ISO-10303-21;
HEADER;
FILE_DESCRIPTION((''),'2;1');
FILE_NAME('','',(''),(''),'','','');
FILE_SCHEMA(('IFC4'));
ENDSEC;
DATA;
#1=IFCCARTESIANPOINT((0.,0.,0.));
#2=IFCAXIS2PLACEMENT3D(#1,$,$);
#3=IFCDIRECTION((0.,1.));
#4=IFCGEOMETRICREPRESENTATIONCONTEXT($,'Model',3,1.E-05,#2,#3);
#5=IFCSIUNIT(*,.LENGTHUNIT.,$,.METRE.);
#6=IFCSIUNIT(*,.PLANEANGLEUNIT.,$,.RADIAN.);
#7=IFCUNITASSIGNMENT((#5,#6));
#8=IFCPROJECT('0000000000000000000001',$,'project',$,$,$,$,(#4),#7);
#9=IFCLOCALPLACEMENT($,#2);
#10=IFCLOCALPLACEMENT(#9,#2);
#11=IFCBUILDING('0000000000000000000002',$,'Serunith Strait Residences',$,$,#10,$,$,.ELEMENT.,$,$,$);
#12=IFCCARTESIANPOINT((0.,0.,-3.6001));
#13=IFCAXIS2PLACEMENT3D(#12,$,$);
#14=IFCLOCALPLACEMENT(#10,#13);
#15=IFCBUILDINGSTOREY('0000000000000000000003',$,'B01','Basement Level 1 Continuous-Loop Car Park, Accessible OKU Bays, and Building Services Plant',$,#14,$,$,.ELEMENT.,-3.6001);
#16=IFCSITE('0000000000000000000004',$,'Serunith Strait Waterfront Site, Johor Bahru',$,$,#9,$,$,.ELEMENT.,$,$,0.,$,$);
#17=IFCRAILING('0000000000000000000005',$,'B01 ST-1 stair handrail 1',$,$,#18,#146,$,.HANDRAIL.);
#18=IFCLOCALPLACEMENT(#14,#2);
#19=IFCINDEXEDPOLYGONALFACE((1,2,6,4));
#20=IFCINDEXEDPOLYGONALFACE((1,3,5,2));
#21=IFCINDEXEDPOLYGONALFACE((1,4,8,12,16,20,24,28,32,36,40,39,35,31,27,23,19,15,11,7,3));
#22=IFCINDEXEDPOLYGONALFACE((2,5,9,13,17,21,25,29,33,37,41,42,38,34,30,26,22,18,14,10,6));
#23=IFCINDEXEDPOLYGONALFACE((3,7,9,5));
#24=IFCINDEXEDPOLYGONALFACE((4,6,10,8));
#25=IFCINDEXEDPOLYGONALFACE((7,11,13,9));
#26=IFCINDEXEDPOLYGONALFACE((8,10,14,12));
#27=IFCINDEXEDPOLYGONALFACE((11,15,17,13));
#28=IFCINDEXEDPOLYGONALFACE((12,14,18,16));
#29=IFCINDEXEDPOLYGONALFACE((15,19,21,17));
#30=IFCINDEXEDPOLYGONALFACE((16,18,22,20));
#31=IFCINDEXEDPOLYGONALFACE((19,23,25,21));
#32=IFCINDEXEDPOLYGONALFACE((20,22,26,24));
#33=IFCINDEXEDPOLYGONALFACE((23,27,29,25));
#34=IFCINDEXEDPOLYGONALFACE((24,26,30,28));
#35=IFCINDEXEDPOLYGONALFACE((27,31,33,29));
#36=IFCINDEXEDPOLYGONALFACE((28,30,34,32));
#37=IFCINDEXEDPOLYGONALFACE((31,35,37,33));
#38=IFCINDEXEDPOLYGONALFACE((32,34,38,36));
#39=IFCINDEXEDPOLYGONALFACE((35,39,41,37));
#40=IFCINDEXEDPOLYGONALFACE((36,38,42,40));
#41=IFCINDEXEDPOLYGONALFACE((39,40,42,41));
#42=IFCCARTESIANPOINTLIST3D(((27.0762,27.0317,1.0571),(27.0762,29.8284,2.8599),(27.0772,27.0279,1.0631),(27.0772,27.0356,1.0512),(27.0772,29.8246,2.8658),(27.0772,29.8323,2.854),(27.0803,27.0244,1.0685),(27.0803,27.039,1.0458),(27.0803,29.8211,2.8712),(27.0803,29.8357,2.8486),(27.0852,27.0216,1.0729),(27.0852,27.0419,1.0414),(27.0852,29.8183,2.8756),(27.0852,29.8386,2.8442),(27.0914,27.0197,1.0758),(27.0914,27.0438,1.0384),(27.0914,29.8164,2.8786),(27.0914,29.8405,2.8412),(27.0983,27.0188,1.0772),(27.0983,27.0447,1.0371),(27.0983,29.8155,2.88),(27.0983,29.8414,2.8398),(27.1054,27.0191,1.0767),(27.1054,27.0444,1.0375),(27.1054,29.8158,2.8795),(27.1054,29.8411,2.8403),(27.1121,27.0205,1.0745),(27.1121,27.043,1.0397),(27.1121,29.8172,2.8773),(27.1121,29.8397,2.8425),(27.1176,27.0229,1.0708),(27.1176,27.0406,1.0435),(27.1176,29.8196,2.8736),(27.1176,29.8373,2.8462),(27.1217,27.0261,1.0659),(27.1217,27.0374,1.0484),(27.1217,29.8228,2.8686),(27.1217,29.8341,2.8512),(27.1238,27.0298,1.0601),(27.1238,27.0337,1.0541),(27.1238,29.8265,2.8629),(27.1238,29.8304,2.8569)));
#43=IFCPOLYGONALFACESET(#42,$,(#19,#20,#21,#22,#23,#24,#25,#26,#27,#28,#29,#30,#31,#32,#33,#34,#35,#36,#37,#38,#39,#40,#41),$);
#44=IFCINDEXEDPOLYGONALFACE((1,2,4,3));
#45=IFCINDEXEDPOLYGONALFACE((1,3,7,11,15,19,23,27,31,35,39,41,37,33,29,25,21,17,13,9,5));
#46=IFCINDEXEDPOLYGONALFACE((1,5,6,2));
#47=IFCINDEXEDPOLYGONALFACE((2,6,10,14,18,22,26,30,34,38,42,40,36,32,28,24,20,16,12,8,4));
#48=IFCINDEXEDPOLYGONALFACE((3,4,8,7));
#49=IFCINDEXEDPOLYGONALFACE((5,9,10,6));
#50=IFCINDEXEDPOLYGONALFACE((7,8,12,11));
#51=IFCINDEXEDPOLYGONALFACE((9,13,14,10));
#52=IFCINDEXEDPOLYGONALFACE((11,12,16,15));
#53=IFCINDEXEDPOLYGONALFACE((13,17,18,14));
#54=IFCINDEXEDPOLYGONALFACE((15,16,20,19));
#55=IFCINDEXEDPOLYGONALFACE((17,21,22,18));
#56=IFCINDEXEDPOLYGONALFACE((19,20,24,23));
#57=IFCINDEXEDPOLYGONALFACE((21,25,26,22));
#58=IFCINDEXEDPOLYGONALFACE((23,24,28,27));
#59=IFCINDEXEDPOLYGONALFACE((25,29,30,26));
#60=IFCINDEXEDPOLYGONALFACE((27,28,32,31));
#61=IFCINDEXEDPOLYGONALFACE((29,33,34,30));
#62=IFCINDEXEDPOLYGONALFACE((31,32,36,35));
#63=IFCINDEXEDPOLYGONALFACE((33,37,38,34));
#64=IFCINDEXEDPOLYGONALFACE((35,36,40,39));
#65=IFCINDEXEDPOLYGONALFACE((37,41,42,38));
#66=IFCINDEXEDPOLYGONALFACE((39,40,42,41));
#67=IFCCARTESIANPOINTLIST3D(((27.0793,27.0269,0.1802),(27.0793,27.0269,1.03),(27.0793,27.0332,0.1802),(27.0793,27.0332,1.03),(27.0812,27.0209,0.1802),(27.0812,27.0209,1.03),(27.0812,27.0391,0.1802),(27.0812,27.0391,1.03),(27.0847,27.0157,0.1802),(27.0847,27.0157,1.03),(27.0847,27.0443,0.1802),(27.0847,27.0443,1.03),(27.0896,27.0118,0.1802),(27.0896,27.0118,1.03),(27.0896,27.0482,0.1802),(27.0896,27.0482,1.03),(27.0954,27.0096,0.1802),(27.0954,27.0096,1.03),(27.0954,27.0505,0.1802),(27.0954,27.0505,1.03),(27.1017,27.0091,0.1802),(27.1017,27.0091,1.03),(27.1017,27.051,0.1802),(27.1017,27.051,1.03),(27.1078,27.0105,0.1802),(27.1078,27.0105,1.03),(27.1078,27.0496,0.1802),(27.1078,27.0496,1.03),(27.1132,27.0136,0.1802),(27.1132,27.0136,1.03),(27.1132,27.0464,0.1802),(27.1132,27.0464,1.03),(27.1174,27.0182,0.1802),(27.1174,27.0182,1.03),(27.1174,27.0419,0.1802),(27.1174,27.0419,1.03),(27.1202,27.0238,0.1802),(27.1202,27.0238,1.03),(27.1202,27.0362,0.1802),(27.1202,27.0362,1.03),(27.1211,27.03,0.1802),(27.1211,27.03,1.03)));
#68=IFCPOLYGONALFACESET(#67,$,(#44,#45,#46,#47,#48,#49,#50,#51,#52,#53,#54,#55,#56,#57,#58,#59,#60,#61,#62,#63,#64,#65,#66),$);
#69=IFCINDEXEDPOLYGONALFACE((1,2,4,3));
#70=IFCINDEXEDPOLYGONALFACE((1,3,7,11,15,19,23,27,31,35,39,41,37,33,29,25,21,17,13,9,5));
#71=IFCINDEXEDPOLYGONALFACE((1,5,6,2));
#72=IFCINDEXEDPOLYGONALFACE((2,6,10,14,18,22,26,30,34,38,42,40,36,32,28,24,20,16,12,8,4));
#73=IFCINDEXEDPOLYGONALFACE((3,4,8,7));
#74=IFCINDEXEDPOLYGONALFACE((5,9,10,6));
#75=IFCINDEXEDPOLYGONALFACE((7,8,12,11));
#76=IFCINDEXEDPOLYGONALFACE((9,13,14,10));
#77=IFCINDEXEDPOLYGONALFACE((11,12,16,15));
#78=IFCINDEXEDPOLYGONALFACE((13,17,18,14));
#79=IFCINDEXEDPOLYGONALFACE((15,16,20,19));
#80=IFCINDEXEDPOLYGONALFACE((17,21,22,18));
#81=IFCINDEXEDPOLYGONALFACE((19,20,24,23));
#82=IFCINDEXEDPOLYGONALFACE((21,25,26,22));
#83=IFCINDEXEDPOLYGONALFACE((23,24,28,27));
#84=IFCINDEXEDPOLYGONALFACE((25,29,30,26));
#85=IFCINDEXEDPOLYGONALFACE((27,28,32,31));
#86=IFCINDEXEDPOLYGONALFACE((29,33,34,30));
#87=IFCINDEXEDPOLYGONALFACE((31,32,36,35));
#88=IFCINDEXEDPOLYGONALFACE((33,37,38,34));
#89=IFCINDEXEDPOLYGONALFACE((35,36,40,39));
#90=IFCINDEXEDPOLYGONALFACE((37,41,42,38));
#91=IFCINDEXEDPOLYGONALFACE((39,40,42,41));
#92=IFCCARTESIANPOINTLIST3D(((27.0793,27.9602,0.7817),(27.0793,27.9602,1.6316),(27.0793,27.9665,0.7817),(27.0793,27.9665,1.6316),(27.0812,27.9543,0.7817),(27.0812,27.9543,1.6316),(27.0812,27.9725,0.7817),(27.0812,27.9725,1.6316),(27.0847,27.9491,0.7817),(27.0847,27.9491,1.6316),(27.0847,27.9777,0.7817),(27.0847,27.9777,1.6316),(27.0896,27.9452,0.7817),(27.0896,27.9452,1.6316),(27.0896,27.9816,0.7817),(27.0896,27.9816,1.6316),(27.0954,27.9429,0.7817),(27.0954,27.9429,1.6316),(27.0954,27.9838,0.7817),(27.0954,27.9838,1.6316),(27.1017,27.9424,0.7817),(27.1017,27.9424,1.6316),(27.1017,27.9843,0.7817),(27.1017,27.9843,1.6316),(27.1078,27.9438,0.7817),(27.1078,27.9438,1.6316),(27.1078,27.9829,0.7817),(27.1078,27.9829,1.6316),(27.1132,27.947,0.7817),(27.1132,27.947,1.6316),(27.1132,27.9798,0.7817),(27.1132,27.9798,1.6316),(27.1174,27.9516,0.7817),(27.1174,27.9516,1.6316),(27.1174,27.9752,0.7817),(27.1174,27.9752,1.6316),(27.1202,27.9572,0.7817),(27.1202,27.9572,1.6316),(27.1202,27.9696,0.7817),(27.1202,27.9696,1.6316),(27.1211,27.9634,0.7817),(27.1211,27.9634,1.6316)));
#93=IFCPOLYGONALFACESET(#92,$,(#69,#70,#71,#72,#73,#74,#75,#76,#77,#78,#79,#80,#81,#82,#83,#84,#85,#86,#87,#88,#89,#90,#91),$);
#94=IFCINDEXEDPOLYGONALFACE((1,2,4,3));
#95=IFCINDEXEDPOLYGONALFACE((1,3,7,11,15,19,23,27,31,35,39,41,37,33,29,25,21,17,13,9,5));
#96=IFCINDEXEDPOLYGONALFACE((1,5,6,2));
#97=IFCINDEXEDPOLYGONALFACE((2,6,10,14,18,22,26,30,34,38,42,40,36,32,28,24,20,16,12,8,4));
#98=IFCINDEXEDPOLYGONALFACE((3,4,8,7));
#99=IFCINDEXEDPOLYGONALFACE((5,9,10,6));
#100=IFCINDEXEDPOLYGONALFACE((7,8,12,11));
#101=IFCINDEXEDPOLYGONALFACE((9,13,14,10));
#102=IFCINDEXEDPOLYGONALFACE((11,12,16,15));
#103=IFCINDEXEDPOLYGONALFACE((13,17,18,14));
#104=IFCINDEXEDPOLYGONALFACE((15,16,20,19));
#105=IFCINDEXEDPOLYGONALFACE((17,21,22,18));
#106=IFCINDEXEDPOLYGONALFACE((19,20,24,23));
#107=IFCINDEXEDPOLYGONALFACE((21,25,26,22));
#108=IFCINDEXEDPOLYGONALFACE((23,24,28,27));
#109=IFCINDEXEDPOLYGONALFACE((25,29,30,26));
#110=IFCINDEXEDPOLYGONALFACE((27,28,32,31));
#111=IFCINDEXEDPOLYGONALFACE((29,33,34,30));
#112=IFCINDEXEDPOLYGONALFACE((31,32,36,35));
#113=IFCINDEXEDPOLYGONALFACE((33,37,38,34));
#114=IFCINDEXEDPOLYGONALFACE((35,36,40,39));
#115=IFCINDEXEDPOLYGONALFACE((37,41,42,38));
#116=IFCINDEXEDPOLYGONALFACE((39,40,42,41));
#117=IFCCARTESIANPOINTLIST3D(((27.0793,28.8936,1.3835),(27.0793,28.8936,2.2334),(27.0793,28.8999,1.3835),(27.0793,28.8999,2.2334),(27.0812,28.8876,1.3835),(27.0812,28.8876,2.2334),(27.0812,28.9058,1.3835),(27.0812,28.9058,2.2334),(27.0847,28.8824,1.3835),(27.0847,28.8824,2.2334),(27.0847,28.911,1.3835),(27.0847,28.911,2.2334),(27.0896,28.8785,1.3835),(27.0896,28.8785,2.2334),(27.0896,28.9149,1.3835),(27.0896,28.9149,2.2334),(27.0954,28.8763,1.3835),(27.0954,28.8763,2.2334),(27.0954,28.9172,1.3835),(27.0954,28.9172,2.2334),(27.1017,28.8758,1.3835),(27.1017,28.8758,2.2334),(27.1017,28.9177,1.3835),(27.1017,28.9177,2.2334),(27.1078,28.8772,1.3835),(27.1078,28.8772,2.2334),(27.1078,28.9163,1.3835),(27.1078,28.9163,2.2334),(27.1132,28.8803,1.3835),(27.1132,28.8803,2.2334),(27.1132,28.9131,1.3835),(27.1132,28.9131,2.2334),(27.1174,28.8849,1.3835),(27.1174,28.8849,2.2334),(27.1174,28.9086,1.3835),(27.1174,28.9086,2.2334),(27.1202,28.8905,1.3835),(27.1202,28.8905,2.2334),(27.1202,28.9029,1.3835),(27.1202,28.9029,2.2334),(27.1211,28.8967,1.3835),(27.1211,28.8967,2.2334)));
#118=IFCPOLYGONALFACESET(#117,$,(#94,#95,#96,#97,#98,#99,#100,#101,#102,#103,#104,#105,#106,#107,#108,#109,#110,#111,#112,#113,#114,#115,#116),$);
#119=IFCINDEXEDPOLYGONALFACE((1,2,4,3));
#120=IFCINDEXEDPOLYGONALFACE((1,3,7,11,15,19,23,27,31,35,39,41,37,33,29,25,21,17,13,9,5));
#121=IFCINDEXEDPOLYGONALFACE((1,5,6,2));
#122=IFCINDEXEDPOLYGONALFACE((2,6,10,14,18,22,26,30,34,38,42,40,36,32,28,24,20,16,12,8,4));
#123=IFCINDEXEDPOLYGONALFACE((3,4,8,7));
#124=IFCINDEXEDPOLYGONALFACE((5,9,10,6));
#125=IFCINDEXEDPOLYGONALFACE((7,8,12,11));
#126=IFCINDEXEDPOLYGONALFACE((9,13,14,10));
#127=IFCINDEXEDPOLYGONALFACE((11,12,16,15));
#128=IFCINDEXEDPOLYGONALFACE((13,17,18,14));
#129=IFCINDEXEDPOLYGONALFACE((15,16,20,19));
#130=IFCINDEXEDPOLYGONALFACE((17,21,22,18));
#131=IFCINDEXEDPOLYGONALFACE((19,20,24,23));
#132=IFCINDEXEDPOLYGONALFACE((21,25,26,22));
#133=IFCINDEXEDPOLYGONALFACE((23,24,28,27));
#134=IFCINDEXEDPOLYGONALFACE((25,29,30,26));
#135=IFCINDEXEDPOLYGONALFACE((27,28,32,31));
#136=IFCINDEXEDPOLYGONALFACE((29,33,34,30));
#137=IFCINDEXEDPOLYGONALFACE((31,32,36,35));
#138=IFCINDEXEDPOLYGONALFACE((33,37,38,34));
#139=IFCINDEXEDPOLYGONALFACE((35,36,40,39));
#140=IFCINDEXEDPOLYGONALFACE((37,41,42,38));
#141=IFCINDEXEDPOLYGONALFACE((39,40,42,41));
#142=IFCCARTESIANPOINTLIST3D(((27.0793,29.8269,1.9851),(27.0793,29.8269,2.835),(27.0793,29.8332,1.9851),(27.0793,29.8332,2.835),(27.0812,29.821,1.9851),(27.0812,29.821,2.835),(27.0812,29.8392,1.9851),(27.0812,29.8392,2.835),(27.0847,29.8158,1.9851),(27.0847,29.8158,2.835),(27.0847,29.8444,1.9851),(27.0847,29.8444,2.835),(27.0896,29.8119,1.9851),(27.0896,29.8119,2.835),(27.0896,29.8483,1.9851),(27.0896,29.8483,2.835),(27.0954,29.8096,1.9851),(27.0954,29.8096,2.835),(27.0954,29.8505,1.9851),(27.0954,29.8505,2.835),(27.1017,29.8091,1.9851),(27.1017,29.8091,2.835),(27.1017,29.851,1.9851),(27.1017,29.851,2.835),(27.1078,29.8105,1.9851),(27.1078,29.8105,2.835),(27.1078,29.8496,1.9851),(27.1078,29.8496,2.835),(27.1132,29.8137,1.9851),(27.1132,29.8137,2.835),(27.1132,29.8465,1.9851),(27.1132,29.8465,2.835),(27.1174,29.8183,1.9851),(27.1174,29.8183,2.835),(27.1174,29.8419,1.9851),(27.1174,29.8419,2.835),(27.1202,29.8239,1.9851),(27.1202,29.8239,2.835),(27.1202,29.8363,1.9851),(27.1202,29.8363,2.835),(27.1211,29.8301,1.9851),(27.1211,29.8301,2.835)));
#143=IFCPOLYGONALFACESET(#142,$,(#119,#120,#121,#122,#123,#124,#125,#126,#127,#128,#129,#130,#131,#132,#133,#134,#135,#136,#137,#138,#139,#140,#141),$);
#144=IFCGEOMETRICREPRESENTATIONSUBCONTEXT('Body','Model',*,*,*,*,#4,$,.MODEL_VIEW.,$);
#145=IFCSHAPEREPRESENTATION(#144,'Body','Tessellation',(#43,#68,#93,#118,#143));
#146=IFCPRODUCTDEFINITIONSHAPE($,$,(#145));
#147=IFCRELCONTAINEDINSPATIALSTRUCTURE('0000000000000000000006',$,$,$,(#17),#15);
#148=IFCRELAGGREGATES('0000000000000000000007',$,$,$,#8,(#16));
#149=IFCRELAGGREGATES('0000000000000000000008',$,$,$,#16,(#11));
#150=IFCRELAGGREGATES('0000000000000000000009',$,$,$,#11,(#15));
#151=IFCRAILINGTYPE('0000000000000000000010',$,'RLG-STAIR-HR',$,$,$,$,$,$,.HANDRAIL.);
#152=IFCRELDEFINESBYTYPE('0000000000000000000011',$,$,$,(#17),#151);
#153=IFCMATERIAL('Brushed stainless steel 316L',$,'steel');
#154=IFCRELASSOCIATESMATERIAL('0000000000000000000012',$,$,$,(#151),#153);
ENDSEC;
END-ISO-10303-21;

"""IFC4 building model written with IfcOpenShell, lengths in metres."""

from ifc_helpers import new_model, si_unit, direction, frame, origin, origin_2d, place, context, subcontext, project, spatial, circle, extrude, material, type_object, element, save


model = new_model("IFC4")

# Units and contexts
model_context = context("Model", 3, precision=1e-05, world=origin(), true_north=direction((0.0, 1.0)))
body_context = subcontext(model_context, "Body", "Model", "MODEL_VIEW")
ifc_project = project(units=[si_unit("LENGTHUNIT", "METRE"), si_unit("PLANEANGLEUNIT", "RADIAN")], contexts=[model_context])

# Site, building, storey
site_placement = place(None, origin())
site = spatial("IfcSite", under=ifc_project, at=site_placement, Name="Serunith Strait Waterfront Site, Johor Bahru", CompositionType="ELEMENT", RefElevation=0.0)
building_placement = place(site_placement, origin())
building = spatial("IfcBuilding", under=site, at=building_placement, Name="Serunith Strait Residences", CompositionType="ELEMENT")
storey_placement = place(building_placement, frame((0.0, 0.0, -3.6001)))
storey = spatial("IfcBuildingStorey", under=building, at=storey_placement, Name="B01", Description="Basement Level 1 Continuous-Loop Car Park, Accessible OKU Bays, and Building Services Plant", CompositionType="ELEMENT", Elevation=-3.6001)

# Railing
ifc_material_1 = material(Name="Brushed stainless steel 316L", Category="steel")
railing_type_1 = type_object("IfcRailingType", Name="RLG-STAIR-HR", PredefinedType="HANDRAIL", material=ifc_material_1)
railing_1_placement = place(storey_placement, frame((27.1001, 27.03, 0.1802)))
element("IfcRailing", 1, at=railing_1_placement, inside=storey, type_object=railing_type_1, Name="B01 ST-1 stair handrail 1", PredefinedType="HANDRAIL", context=body_context, shape_type="SweptSolid", body=[
    extrude(circle(Radius=0.0239, at=origin_2d()), frame((0.0, 0.0017, 0.877), z_axis=(0.0, 0.840509, 0.541798), x_axis=(-1.0, 0.0, 0.0)), (0.0, 0.0, 1.0), 3.3274),
    extrude(circle(Radius=0.021, at=origin_2d()), origin(), (0.0, 0.0, 1.0), 0.8499),
    extrude(circle(Radius=0.021, at=origin_2d()), frame((0.0, 0.9333, 0.6016)), (0.0, 0.0, 1.0), 0.8499),
    extrude(circle(Radius=0.021, at=origin_2d()), frame((0.0, 1.8667, 1.2034)), (0.0, 0.0, 1.0), 0.8499),
    extrude(circle(Radius=0.021, at=origin_2d()), frame((0.0, 2.8, 1.8049)), (0.0, 0.0, 1.0), 0.8499),
])

save(model, "model.ifc")
